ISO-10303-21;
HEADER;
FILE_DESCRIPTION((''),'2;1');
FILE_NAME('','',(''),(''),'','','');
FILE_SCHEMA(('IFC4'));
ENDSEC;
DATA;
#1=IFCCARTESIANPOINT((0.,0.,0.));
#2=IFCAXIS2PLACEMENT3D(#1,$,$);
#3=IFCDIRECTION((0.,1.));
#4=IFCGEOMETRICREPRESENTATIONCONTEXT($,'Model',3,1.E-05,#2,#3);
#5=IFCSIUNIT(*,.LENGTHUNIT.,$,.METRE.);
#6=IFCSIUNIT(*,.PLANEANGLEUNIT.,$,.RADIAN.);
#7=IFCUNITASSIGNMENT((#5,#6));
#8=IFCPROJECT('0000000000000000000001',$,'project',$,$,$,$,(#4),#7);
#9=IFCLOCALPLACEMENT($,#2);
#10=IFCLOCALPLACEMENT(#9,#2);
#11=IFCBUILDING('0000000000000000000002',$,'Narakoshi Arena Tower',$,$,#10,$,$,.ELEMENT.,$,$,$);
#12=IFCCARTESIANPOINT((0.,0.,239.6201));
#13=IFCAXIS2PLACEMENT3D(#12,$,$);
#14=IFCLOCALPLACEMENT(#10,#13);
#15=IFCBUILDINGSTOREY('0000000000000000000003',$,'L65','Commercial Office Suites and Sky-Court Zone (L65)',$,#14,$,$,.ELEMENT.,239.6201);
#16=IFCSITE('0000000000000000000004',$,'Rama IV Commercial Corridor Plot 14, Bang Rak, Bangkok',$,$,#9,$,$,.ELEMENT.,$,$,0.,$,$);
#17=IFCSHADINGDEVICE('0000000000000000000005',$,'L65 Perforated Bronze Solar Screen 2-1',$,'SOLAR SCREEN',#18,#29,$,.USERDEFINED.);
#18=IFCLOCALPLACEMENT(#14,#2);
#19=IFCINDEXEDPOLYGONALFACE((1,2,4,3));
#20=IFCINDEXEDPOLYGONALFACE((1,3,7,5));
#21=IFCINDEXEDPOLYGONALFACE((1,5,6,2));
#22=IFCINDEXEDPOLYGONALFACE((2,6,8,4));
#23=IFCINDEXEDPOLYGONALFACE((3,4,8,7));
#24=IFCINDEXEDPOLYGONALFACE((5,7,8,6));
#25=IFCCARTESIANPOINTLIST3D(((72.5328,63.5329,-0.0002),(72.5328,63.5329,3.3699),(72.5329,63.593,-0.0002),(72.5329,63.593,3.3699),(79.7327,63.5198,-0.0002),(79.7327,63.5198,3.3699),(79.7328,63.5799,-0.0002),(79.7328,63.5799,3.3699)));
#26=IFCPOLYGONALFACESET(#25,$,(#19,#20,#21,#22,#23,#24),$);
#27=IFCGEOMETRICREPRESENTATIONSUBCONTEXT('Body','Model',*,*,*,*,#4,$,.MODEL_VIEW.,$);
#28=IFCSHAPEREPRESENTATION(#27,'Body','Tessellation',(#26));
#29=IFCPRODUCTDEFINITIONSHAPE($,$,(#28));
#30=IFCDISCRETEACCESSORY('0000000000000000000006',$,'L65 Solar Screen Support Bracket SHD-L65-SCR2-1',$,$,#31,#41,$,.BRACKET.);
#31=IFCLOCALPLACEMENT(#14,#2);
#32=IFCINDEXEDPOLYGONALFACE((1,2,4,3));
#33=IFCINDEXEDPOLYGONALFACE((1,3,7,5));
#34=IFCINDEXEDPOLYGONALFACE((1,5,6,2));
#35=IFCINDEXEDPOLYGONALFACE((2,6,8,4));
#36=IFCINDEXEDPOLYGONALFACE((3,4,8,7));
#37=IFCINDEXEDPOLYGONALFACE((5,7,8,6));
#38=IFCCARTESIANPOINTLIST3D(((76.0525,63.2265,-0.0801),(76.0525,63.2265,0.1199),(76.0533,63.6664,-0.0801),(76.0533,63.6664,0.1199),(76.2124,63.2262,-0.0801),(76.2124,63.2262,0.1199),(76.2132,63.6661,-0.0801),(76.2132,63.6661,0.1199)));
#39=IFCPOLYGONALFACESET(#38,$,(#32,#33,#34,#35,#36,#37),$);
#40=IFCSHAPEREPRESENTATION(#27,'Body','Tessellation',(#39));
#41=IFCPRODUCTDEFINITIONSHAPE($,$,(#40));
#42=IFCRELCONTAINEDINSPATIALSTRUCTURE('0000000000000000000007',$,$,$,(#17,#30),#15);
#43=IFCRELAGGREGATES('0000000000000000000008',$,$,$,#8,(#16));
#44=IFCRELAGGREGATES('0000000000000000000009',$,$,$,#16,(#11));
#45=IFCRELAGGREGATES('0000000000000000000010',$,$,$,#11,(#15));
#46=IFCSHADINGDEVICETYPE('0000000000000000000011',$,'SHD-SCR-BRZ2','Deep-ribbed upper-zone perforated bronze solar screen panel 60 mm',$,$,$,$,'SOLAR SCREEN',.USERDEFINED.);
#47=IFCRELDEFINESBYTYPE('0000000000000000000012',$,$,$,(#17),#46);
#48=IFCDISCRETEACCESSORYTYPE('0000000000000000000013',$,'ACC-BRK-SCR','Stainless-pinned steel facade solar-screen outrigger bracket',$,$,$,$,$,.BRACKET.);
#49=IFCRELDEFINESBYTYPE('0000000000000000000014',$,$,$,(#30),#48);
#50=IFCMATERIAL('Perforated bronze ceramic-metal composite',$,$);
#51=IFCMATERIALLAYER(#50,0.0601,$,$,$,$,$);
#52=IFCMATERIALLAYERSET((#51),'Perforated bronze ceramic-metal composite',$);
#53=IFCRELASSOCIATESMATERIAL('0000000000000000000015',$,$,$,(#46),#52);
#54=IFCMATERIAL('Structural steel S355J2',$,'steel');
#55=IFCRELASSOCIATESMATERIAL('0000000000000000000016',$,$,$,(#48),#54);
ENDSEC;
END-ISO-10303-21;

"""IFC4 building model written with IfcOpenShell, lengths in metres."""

from ifc_helpers import new_model, si_unit, direction, frame, origin, origin_2d, place, context, subcontext, project, spatial, rectangle, extrude, material, layer, layer_set, type_object, element, save


model = new_model("IFC4")

# Units and contexts
model_context = context("Model", 3, precision=1e-05, world=origin(), true_north=direction((0.0, 1.0)))
body_context = subcontext(model_context, "Body", "Model", "MODEL_VIEW")
ifc_project = project(units=[si_unit("LENGTHUNIT", "METRE"), si_unit("PLANEANGLEUNIT", "RADIAN")], contexts=[model_context])

# Site, building, storey
site_placement = place(None, origin())
site = spatial("IfcSite", under=ifc_project, at=site_placement, Name="Rama IV Commercial Corridor Plot 14, Bang Rak, Bangkok", CompositionType="ELEMENT", RefElevation=0.0)
building_placement = place(site_placement, origin())
building = spatial("IfcBuilding", under=site, at=building_placement, Name="Narakoshi Arena Tower", CompositionType="ELEMENT")
storey_placement = place(building_placement, frame((0.0, 0.0, 239.6201)))
storey = spatial("IfcBuildingStorey", under=building, at=storey_placement, Name="L65", Description="Commercial Office Suites and Sky-Court Zone (L65)", CompositionType="ELEMENT", Elevation=239.6201)

# Shared definitions
ifc_material_1 = material(Name="Structural steel S355J2", Category="steel")

# Shading device
ifc_material_2 = material(Name="Perforated bronze ceramic-metal composite")
ifc_layer_1 = layer(ifc_material_2, 0.0601)
ifc_layer_set_1 = layer_set([ifc_layer_1], Name="Perforated bronze ceramic-metal composite")
shading_device_type = type_object("IfcShadingDeviceType", Name="SHD-SCR-BRZ2", Description="Deep-ribbed upper-zone perforated bronze solar screen panel 60 mm", ElementType="SOLAR SCREEN", PredefinedType="USERDEFINED", material=ifc_layer_set_1)
shading_device_placement = place(storey_placement, frame((76.1328, 63.5564, -0.0002), z_axis=(0.0, 0.0, 1.0), x_axis=(-0.999998, 0.001815, 0.0)))
element("IfcShadingDevice", 1, at=shading_device_placement, inside=storey, type_object=shading_device_type, Name="L65 Perforated Bronze Solar Screen 2-1", ObjectType="SOLAR SCREEN", PredefinedType="USERDEFINED", context=body_context, shape_type="SweptSolid", body=[
    extrude(rectangle(XDim=7.2, YDim=0.0601, at=origin_2d()), origin(), (0.0, 0.0, 1.0), 3.3701),
])

# Discrete accessory
discrete_accessory_type = type_object("IfcDiscreteAccessoryType", Name="ACC-BRK-SCR", Description="Stainless-pinned steel facade solar-screen outrigger bracket", PredefinedType="BRACKET", material=ifc_material_1)
discrete_accessory_placement = place(storey_placement, frame((76.1328, 63.4463, -0.0801), z_axis=(0.0, 0.0, 1.0), x_axis=(-0.999998, 0.001815, 0.0)))
element("IfcDiscreteAccessory", 2, at=discrete_accessory_placement, inside=storey, type_object=discrete_accessory_type, Name="L65 Solar Screen Support Bracket SHD-L65-SCR2-1", PredefinedType="BRACKET", context=body_context, shape_type="SweptSolid", body=[
    extrude(rectangle(XDim=0.1599, YDim=0.4399, at=origin_2d()), origin(), (0.0, 0.0, 1.0), 0.2),
])

save(model, "model.ifc")
